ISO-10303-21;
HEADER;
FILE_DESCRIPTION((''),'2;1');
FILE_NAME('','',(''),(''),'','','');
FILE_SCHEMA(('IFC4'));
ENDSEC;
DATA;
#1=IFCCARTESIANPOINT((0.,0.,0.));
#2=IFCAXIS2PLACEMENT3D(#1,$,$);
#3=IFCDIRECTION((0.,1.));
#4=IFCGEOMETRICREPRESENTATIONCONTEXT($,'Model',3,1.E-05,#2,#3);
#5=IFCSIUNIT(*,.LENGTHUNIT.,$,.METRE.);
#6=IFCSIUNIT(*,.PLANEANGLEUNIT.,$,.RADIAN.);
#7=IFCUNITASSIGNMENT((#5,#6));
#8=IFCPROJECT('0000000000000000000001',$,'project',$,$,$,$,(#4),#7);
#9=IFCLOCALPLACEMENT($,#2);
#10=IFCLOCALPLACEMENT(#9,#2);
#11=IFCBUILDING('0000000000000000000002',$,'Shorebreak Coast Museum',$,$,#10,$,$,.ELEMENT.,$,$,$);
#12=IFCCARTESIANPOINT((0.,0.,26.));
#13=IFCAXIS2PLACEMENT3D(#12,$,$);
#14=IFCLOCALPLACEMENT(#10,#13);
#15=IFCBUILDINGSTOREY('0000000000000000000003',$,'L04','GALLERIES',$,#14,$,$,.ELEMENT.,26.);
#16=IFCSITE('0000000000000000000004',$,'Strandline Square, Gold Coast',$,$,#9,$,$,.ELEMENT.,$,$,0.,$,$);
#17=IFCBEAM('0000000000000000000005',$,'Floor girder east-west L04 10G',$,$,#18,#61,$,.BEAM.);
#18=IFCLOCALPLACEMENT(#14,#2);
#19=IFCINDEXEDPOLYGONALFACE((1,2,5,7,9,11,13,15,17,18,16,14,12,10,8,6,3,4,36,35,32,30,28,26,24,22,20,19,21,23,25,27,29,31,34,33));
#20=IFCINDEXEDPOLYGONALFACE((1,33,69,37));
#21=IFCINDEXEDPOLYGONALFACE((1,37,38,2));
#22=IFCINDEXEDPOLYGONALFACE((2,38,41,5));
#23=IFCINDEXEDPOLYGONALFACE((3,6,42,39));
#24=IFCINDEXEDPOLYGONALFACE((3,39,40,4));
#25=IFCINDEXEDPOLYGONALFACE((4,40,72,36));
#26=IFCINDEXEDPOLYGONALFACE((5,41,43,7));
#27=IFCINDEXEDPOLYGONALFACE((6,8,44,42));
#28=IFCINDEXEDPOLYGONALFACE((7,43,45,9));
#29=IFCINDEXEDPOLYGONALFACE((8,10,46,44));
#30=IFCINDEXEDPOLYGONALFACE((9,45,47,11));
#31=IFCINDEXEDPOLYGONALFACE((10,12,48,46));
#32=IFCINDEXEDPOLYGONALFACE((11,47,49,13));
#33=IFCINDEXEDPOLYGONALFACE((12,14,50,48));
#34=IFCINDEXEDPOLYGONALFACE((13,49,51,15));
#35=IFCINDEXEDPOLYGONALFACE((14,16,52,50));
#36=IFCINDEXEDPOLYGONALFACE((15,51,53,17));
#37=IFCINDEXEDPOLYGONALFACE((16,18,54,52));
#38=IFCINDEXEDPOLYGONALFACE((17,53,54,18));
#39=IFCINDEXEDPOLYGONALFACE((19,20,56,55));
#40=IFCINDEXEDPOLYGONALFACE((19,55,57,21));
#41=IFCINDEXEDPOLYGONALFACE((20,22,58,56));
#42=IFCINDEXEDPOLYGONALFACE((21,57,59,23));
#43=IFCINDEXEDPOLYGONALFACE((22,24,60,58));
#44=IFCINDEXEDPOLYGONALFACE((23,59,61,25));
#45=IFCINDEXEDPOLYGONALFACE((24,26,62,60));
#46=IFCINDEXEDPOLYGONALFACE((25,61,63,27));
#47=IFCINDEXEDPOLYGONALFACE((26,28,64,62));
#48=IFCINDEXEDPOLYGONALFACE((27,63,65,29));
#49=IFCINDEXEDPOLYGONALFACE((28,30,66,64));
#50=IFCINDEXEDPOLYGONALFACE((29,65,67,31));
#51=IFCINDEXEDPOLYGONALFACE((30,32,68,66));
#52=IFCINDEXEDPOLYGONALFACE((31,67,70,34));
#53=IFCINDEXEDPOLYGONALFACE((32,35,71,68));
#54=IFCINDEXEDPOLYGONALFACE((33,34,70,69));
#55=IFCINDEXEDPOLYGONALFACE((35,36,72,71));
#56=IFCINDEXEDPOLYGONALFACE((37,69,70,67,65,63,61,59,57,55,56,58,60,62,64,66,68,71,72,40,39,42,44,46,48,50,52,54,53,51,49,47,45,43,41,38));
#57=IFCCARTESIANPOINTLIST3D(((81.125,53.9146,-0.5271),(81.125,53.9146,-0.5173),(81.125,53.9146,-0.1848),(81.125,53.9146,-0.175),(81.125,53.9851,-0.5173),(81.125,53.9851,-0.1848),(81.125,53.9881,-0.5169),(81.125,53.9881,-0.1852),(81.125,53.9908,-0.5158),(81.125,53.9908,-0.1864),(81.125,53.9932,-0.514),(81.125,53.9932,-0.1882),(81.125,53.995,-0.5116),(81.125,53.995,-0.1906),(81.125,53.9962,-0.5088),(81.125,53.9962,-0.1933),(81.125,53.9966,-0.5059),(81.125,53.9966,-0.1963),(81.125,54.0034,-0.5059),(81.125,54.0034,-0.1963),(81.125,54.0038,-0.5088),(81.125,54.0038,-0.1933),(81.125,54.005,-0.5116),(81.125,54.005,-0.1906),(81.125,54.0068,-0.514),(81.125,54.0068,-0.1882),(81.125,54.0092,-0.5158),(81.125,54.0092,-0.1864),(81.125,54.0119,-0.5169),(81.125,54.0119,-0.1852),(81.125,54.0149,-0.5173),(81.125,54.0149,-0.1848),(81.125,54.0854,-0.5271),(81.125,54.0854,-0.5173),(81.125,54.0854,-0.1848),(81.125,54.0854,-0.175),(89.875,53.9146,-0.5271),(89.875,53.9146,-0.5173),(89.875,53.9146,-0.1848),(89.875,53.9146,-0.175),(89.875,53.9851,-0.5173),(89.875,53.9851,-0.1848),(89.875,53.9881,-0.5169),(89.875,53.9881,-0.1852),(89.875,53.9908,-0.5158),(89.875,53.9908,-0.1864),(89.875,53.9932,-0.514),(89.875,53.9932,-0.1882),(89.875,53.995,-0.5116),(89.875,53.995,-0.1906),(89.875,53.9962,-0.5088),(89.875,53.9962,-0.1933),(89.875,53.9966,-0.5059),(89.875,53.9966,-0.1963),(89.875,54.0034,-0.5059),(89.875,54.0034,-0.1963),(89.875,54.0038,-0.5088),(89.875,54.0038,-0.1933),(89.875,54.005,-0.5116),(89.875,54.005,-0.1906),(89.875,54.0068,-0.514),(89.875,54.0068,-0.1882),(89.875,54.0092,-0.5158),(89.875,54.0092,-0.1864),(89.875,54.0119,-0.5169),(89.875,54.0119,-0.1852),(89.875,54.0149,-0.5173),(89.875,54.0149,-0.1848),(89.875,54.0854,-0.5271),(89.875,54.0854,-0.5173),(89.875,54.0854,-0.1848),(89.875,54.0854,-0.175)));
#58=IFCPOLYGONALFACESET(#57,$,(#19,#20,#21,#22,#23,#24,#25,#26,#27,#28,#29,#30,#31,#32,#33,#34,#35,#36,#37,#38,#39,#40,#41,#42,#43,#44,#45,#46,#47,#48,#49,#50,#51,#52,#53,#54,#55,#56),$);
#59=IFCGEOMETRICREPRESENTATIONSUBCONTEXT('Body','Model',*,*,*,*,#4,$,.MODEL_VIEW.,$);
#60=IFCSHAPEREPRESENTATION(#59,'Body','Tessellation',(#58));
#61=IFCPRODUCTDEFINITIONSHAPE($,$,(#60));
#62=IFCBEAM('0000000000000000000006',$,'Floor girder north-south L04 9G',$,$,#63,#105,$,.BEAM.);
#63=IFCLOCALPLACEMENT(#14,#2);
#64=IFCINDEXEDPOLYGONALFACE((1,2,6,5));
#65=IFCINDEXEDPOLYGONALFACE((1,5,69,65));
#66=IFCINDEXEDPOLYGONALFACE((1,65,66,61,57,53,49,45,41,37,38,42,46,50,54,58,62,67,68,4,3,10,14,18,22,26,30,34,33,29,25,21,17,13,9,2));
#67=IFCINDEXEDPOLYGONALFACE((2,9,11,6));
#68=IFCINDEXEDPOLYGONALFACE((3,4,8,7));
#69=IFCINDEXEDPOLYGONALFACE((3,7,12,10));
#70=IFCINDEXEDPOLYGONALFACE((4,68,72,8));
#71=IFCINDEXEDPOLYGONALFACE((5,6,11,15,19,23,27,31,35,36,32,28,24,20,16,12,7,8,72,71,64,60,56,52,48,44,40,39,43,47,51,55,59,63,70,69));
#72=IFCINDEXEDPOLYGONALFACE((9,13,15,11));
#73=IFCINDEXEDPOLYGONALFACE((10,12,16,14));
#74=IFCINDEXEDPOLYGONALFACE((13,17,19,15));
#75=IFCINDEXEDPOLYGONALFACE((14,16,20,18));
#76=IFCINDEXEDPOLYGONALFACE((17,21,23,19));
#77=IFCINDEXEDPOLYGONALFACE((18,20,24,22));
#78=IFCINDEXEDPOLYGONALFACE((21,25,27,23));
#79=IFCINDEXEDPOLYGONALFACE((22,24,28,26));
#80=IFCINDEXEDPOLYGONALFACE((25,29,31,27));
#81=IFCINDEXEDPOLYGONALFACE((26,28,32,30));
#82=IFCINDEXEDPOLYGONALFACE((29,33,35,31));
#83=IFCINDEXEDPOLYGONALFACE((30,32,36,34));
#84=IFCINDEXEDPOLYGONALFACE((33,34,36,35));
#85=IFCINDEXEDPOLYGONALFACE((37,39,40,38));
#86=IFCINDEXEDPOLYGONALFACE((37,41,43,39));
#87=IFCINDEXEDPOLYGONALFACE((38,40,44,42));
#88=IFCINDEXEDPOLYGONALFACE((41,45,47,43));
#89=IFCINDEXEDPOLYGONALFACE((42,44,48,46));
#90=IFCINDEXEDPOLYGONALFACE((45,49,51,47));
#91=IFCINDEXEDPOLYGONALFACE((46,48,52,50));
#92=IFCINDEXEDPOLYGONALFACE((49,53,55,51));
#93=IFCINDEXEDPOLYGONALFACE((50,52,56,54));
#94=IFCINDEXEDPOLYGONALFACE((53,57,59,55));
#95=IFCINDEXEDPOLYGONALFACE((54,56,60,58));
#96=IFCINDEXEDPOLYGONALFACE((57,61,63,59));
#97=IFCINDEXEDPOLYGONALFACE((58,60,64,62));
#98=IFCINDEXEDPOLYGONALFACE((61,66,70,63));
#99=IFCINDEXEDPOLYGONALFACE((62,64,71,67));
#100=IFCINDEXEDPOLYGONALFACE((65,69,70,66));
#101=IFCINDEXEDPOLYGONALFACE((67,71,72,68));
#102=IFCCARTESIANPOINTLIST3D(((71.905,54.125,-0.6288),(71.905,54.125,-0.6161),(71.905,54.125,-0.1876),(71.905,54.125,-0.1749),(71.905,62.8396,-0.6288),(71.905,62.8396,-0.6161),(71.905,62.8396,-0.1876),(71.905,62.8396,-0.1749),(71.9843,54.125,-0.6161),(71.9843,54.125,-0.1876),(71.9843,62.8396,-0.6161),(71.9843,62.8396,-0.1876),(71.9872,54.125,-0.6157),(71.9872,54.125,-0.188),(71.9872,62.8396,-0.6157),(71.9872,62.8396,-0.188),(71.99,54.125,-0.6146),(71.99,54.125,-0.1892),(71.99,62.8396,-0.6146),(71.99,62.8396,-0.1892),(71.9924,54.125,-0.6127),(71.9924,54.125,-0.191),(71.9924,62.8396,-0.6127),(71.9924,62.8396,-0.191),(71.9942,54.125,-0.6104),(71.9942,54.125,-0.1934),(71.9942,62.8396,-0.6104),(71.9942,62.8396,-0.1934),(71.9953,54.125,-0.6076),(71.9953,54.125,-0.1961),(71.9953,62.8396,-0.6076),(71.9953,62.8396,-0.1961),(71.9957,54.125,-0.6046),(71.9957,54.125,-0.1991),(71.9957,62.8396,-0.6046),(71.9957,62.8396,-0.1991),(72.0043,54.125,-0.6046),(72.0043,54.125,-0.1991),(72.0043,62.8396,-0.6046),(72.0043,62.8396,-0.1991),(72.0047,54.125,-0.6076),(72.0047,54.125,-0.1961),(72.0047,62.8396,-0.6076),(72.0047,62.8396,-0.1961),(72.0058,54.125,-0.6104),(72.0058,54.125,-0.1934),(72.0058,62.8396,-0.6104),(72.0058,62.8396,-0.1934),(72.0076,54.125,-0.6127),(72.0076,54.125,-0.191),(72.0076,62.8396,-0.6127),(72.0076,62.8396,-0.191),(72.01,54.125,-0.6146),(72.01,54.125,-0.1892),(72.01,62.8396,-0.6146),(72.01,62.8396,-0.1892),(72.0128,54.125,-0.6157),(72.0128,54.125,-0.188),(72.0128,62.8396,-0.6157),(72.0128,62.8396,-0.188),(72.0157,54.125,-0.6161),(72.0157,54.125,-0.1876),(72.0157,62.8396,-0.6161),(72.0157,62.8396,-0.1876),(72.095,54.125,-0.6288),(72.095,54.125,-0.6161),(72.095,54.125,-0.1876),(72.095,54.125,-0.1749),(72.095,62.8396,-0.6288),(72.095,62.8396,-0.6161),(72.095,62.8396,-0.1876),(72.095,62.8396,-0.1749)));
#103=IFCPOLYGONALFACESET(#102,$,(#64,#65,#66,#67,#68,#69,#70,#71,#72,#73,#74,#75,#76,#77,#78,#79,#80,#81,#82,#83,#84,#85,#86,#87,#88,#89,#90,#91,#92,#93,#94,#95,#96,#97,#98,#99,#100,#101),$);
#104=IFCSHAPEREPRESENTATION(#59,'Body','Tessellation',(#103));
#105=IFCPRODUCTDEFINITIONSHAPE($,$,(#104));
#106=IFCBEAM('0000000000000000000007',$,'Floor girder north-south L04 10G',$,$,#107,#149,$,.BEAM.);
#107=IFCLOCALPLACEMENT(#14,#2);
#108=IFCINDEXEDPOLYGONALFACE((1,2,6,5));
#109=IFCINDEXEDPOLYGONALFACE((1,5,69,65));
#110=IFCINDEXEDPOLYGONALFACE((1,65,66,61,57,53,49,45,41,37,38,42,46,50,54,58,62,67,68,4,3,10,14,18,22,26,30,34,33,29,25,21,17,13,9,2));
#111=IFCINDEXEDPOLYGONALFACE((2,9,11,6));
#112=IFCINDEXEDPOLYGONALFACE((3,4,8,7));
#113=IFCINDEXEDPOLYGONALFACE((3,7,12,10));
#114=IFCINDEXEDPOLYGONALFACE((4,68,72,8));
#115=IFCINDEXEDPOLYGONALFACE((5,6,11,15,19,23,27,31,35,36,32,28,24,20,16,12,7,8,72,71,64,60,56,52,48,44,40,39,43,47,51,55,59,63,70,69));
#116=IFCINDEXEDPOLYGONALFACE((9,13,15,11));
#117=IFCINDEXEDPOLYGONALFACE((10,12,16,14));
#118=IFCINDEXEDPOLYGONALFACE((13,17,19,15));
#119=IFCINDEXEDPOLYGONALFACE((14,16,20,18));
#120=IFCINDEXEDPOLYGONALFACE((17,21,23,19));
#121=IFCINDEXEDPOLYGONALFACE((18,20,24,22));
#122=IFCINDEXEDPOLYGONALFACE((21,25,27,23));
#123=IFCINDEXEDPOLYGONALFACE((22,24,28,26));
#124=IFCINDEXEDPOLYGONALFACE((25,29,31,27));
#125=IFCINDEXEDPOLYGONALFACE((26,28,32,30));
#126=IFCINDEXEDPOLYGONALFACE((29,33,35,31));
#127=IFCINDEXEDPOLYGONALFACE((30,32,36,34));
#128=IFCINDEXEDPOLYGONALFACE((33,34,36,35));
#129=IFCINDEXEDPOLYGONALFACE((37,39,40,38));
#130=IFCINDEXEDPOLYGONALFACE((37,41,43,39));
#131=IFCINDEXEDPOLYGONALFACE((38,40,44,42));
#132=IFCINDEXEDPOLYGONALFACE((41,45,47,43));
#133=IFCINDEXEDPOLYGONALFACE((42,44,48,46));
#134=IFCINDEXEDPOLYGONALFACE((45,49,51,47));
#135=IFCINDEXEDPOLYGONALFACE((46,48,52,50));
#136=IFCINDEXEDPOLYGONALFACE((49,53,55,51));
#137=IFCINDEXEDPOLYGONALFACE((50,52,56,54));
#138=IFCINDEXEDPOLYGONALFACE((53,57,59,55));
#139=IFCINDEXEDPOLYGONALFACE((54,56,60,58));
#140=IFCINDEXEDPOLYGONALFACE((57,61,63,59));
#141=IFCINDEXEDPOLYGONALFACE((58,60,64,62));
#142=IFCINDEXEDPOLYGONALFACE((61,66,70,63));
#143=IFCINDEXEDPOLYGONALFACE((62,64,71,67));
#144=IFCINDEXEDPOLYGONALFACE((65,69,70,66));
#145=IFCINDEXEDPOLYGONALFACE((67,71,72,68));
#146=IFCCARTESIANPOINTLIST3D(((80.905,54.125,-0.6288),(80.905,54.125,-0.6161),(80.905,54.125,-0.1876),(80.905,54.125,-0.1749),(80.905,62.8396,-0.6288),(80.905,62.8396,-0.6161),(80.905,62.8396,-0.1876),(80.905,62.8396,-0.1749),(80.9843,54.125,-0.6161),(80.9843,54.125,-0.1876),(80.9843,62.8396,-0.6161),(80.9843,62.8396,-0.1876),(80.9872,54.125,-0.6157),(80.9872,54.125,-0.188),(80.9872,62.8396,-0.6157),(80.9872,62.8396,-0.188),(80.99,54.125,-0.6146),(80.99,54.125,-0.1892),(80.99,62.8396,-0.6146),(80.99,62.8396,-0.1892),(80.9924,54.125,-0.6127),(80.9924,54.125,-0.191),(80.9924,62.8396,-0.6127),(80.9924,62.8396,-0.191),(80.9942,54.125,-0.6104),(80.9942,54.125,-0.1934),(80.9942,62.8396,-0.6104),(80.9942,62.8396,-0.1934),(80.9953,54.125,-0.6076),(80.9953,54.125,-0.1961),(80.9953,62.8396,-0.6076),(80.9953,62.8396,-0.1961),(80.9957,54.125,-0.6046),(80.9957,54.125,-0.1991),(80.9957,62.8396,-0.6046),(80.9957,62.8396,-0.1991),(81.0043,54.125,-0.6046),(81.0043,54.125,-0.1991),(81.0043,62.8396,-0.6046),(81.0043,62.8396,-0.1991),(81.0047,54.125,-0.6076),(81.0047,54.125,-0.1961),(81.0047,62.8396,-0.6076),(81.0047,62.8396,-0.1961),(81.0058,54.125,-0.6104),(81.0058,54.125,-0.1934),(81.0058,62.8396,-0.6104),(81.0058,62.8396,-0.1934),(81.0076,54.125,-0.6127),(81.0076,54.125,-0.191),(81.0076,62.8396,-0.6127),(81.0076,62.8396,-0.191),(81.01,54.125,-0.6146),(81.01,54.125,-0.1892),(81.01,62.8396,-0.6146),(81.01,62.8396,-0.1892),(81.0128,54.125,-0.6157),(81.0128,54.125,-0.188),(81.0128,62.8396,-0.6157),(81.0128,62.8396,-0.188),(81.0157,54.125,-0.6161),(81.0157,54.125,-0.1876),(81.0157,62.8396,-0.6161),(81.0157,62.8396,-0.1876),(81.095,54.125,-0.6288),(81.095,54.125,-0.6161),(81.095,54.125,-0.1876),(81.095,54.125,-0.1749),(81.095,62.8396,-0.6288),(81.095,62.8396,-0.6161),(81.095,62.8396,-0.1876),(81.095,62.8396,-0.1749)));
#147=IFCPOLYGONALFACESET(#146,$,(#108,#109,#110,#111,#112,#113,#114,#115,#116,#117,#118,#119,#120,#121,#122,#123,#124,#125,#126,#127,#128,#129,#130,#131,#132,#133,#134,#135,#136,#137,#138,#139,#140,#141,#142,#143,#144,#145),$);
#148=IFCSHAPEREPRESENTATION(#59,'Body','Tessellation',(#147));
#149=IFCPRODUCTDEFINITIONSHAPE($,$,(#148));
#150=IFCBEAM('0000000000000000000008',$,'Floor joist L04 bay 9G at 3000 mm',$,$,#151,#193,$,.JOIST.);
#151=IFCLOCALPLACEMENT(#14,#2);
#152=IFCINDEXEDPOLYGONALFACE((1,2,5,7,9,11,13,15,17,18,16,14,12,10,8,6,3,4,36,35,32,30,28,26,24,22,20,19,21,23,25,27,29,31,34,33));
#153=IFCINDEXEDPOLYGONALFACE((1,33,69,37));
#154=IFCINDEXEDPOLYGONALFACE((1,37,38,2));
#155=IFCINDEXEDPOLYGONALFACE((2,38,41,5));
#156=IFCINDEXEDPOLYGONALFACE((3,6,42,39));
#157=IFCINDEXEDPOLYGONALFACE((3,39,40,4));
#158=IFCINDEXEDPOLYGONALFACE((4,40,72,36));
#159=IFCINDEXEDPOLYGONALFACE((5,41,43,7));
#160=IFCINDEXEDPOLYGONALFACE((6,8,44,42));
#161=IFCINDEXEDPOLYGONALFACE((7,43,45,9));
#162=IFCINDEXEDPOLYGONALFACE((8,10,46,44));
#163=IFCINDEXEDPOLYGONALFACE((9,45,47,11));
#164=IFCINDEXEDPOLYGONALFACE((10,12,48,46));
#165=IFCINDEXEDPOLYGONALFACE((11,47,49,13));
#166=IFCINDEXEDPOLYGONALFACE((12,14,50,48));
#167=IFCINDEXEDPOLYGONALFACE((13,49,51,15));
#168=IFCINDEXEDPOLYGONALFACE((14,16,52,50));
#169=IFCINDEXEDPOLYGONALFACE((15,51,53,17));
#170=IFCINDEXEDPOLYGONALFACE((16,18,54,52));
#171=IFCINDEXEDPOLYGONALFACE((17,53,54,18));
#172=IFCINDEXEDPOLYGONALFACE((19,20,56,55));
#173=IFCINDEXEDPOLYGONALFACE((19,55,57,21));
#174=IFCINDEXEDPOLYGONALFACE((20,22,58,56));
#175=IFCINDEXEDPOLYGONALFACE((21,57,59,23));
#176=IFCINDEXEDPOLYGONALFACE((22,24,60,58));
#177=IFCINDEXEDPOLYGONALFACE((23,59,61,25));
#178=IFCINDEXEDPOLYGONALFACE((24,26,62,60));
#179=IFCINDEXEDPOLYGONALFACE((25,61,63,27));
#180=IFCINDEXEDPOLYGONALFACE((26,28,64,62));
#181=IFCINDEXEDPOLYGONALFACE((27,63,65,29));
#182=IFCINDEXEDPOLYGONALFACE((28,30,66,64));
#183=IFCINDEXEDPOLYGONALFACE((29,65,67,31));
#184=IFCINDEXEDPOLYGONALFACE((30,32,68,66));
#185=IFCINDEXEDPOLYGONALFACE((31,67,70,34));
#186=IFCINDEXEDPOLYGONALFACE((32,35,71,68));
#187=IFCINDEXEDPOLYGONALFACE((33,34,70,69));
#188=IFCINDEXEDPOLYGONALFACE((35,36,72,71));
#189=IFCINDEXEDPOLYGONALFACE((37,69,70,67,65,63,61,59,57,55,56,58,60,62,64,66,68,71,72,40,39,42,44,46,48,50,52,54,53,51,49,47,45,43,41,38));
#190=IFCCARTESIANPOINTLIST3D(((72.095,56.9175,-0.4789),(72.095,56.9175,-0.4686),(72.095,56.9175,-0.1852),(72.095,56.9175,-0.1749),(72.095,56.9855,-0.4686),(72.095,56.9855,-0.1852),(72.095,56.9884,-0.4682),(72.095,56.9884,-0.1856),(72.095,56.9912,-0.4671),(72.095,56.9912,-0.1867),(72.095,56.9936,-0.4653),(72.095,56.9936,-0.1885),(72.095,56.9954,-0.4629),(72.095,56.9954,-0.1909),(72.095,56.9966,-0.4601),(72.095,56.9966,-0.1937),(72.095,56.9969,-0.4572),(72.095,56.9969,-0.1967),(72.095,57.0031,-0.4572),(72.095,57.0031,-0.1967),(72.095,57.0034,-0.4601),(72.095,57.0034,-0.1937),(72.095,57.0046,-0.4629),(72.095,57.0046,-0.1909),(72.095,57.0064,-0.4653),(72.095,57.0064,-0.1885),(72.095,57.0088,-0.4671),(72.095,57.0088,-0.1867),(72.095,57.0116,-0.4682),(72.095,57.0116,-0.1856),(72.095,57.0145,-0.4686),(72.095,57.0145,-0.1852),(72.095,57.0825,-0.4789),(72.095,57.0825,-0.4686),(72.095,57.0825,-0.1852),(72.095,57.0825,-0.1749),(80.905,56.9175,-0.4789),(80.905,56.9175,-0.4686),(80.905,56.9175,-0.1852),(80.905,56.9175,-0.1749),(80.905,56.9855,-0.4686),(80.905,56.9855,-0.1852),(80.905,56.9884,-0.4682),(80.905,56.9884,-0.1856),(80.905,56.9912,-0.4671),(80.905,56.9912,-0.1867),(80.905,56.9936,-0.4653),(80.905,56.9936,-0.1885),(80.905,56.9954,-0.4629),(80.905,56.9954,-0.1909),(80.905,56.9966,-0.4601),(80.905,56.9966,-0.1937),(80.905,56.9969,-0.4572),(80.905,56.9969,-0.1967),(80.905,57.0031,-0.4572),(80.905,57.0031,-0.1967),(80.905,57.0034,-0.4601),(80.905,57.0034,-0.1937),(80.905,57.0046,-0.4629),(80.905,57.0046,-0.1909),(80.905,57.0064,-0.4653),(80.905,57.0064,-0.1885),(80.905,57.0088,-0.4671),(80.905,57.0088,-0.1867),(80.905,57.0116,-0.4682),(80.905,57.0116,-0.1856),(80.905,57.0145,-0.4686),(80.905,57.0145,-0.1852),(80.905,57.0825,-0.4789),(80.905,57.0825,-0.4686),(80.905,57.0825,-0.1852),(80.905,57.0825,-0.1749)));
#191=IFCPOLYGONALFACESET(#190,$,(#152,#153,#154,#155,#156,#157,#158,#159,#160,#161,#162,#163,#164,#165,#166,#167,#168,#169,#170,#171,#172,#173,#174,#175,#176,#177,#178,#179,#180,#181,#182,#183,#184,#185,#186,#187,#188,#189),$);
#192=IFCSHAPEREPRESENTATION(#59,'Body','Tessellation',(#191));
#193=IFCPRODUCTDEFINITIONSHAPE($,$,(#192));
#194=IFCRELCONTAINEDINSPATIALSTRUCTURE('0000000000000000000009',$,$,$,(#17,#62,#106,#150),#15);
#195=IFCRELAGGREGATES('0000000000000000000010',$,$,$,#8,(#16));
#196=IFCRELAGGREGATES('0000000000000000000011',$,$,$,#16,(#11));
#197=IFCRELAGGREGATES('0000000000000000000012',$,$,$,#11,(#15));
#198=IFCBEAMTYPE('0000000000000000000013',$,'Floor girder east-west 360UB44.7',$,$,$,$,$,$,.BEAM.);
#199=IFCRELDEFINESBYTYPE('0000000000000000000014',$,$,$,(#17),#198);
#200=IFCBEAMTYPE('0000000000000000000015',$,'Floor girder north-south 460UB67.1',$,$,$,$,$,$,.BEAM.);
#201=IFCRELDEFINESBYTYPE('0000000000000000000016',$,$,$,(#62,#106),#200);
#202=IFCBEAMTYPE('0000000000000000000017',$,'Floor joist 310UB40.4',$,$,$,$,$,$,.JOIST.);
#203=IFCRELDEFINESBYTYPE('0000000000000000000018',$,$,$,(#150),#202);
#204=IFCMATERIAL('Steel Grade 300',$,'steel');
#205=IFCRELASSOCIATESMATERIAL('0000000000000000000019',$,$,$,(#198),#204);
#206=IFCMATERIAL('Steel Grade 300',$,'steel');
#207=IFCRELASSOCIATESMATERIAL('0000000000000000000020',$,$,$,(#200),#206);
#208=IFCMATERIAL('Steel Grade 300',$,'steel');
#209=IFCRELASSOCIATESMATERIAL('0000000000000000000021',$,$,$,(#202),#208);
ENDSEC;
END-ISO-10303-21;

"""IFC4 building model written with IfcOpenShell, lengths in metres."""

from ifc_helpers import new_model, si_unit, direction, frame, origin, origin_2d, place, context, subcontext, project, spatial, i_section, extrude, material, material_profile, profile_set, type_object, element, save


model = new_model("IFC4")

# Units and contexts
model_context = context("Model", 3, precision=1e-05, world=origin(), true_north=direction((0.0, 1.0)))
body_context = subcontext(model_context, "Body", "Model", "MODEL_VIEW")
ifc_project = project(units=[si_unit("LENGTHUNIT", "METRE"), si_unit("PLANEANGLEUNIT", "RADIAN")], contexts=[model_context])

# Site, building, storey
site_placement = place(None, origin())
site = spatial("IfcSite", under=ifc_project, at=site_placement, Name="Strandline Square, Gold Coast", CompositionType="ELEMENT", RefElevation=0.0)
building_placement = place(site_placement, origin())
building = spatial("IfcBuilding", under=site, at=building_placement, Name="Shorebreak Coast Museum", CompositionType="ELEMENT")
storey_placement = place(building_placement, frame((0.0, 0.0, 26.0)))
storey = spatial("IfcBuildingStorey", under=building, at=storey_placement, Name="L04", Description="GALLERIES", CompositionType="ELEMENT", Elevation=26.0)

# Beams
ifc_material_1 = material(Name="Steel Grade 300", Category="steel")
ifc_material_profile_1 = material_profile(ifc_material_1, i_section(OverallWidth=0.1709, OverallDepth=0.3521, WebThickness=0.0068, FlangeThickness=0.0098, FilletRadius=0.0115, at=origin_2d()), Name="360UB44.7")
ifc_profile_set_1 = profile_set([ifc_material_profile_1], Name="Steel Grade 300")
beam_type_1 = type_object("IfcBeamType", Name="Floor girder east-west 360UB44.7", PredefinedType="BEAM", material=ifc_profile_set_1)
for number, where, z_axis, x_axis, name in (
    (1, (81.125, 54.0, -0.3511), (1.0, 0.0, 0.0), (0.0, 1.0, 0.0), "Floor girder east-west L04 10G"),
):
    element("IfcBeam", number, at=place(storey_placement, frame(where, z_axis=z_axis, x_axis=x_axis)), inside=storey, type_object=beam_type_1, Name=name, PredefinedType="BEAM", context=body_context, shape_type="SweptSolid", body=[
        extrude(i_section(OverallWidth=0.1709, OverallDepth=0.3521, WebThickness=0.0068, FlangeThickness=0.0098, FilletRadius=0.0115, at=origin_2d()), origin(), (0.0, 0.0, 1.0), 8.75),
    ])
ifc_material_2 = material(Name="Steel Grade 300", Category="steel")
ifc_material_profile_2 = material_profile(ifc_material_2, i_section(OverallWidth=0.1899, OverallDepth=0.4539, WebThickness=0.0085, FlangeThickness=0.0127, FilletRadius=0.0115, at=origin_2d()), Name="460UB67.1")
ifc_profile_set_2 = profile_set([ifc_material_profile_2], Name="Steel Grade 300")
beam_type_2 = type_object("IfcBeamType", Name="Floor girder north-south 460UB67.1", PredefinedType="BEAM", material=ifc_profile_set_2)
for number, where, z_axis, x_axis, name in (
    (2, (72.0, 54.125, -0.4019), (0.0, 1.0, 0.0), (-1.0, 0.0, 0.0), "Floor girder north-south L04 9G"),
    (3, (81.0, 54.125, -0.4019), (0.0, 1.0, 0.0), (-1.0, 0.0, 0.0), "Floor girder north-south L04 10G"),
):
    element("IfcBeam", number, at=place(storey_placement, frame(where, z_axis=z_axis, x_axis=x_axis)), inside=storey, type_object=beam_type_2, Name=name, PredefinedType="BEAM", context=body_context, shape_type="SweptSolid", body=[
        extrude(i_section(OverallWidth=0.1899, OverallDepth=0.4539, WebThickness=0.0085, FlangeThickness=0.0127, FilletRadius=0.0115, at=origin_2d()), origin(), (0.0, 0.0, 1.0), 8.7146),
    ])
ifc_material_3 = material(Name="Steel Grade 300", Category="steel")
ifc_material_profile_3 = material_profile(ifc_material_3, i_section(OverallWidth=0.165, OverallDepth=0.304, WebThickness=0.0061, FlangeThickness=0.0103, FilletRadius=0.0115, at=origin_2d()), Name="310UB40.4")
ifc_profile_set_3 = profile_set([ifc_material_profile_3], Name="Steel Grade 300")
beam_type_3 = type_object("IfcBeamType", Name="Floor joist 310UB40.4", PredefinedType="JOIST", material=ifc_profile_set_3)
for number, where, z_axis, x_axis, name in (
    (4, (72.095, 57.0, -0.3269), (1.0, 0.0, 0.0), (0.0, 1.0, 0.0), "Floor joist L04 bay 9G at 3000 mm"),
):
    element("IfcBeam", number, at=place(storey_placement, frame(where, z_axis=z_axis, x_axis=x_axis)), inside=storey, type_object=beam_type_3, Name=name, PredefinedType="JOIST", context=body_context, shape_type="SweptSolid", body=[
        extrude(i_section(OverallWidth=0.165, OverallDepth=0.304, WebThickness=0.0061, FlangeThickness=0.0103, FilletRadius=0.0115, at=origin_2d()), origin(), (0.0, 0.0, 1.0), 8.8101),
    ])

save(model, "model.ifc")
